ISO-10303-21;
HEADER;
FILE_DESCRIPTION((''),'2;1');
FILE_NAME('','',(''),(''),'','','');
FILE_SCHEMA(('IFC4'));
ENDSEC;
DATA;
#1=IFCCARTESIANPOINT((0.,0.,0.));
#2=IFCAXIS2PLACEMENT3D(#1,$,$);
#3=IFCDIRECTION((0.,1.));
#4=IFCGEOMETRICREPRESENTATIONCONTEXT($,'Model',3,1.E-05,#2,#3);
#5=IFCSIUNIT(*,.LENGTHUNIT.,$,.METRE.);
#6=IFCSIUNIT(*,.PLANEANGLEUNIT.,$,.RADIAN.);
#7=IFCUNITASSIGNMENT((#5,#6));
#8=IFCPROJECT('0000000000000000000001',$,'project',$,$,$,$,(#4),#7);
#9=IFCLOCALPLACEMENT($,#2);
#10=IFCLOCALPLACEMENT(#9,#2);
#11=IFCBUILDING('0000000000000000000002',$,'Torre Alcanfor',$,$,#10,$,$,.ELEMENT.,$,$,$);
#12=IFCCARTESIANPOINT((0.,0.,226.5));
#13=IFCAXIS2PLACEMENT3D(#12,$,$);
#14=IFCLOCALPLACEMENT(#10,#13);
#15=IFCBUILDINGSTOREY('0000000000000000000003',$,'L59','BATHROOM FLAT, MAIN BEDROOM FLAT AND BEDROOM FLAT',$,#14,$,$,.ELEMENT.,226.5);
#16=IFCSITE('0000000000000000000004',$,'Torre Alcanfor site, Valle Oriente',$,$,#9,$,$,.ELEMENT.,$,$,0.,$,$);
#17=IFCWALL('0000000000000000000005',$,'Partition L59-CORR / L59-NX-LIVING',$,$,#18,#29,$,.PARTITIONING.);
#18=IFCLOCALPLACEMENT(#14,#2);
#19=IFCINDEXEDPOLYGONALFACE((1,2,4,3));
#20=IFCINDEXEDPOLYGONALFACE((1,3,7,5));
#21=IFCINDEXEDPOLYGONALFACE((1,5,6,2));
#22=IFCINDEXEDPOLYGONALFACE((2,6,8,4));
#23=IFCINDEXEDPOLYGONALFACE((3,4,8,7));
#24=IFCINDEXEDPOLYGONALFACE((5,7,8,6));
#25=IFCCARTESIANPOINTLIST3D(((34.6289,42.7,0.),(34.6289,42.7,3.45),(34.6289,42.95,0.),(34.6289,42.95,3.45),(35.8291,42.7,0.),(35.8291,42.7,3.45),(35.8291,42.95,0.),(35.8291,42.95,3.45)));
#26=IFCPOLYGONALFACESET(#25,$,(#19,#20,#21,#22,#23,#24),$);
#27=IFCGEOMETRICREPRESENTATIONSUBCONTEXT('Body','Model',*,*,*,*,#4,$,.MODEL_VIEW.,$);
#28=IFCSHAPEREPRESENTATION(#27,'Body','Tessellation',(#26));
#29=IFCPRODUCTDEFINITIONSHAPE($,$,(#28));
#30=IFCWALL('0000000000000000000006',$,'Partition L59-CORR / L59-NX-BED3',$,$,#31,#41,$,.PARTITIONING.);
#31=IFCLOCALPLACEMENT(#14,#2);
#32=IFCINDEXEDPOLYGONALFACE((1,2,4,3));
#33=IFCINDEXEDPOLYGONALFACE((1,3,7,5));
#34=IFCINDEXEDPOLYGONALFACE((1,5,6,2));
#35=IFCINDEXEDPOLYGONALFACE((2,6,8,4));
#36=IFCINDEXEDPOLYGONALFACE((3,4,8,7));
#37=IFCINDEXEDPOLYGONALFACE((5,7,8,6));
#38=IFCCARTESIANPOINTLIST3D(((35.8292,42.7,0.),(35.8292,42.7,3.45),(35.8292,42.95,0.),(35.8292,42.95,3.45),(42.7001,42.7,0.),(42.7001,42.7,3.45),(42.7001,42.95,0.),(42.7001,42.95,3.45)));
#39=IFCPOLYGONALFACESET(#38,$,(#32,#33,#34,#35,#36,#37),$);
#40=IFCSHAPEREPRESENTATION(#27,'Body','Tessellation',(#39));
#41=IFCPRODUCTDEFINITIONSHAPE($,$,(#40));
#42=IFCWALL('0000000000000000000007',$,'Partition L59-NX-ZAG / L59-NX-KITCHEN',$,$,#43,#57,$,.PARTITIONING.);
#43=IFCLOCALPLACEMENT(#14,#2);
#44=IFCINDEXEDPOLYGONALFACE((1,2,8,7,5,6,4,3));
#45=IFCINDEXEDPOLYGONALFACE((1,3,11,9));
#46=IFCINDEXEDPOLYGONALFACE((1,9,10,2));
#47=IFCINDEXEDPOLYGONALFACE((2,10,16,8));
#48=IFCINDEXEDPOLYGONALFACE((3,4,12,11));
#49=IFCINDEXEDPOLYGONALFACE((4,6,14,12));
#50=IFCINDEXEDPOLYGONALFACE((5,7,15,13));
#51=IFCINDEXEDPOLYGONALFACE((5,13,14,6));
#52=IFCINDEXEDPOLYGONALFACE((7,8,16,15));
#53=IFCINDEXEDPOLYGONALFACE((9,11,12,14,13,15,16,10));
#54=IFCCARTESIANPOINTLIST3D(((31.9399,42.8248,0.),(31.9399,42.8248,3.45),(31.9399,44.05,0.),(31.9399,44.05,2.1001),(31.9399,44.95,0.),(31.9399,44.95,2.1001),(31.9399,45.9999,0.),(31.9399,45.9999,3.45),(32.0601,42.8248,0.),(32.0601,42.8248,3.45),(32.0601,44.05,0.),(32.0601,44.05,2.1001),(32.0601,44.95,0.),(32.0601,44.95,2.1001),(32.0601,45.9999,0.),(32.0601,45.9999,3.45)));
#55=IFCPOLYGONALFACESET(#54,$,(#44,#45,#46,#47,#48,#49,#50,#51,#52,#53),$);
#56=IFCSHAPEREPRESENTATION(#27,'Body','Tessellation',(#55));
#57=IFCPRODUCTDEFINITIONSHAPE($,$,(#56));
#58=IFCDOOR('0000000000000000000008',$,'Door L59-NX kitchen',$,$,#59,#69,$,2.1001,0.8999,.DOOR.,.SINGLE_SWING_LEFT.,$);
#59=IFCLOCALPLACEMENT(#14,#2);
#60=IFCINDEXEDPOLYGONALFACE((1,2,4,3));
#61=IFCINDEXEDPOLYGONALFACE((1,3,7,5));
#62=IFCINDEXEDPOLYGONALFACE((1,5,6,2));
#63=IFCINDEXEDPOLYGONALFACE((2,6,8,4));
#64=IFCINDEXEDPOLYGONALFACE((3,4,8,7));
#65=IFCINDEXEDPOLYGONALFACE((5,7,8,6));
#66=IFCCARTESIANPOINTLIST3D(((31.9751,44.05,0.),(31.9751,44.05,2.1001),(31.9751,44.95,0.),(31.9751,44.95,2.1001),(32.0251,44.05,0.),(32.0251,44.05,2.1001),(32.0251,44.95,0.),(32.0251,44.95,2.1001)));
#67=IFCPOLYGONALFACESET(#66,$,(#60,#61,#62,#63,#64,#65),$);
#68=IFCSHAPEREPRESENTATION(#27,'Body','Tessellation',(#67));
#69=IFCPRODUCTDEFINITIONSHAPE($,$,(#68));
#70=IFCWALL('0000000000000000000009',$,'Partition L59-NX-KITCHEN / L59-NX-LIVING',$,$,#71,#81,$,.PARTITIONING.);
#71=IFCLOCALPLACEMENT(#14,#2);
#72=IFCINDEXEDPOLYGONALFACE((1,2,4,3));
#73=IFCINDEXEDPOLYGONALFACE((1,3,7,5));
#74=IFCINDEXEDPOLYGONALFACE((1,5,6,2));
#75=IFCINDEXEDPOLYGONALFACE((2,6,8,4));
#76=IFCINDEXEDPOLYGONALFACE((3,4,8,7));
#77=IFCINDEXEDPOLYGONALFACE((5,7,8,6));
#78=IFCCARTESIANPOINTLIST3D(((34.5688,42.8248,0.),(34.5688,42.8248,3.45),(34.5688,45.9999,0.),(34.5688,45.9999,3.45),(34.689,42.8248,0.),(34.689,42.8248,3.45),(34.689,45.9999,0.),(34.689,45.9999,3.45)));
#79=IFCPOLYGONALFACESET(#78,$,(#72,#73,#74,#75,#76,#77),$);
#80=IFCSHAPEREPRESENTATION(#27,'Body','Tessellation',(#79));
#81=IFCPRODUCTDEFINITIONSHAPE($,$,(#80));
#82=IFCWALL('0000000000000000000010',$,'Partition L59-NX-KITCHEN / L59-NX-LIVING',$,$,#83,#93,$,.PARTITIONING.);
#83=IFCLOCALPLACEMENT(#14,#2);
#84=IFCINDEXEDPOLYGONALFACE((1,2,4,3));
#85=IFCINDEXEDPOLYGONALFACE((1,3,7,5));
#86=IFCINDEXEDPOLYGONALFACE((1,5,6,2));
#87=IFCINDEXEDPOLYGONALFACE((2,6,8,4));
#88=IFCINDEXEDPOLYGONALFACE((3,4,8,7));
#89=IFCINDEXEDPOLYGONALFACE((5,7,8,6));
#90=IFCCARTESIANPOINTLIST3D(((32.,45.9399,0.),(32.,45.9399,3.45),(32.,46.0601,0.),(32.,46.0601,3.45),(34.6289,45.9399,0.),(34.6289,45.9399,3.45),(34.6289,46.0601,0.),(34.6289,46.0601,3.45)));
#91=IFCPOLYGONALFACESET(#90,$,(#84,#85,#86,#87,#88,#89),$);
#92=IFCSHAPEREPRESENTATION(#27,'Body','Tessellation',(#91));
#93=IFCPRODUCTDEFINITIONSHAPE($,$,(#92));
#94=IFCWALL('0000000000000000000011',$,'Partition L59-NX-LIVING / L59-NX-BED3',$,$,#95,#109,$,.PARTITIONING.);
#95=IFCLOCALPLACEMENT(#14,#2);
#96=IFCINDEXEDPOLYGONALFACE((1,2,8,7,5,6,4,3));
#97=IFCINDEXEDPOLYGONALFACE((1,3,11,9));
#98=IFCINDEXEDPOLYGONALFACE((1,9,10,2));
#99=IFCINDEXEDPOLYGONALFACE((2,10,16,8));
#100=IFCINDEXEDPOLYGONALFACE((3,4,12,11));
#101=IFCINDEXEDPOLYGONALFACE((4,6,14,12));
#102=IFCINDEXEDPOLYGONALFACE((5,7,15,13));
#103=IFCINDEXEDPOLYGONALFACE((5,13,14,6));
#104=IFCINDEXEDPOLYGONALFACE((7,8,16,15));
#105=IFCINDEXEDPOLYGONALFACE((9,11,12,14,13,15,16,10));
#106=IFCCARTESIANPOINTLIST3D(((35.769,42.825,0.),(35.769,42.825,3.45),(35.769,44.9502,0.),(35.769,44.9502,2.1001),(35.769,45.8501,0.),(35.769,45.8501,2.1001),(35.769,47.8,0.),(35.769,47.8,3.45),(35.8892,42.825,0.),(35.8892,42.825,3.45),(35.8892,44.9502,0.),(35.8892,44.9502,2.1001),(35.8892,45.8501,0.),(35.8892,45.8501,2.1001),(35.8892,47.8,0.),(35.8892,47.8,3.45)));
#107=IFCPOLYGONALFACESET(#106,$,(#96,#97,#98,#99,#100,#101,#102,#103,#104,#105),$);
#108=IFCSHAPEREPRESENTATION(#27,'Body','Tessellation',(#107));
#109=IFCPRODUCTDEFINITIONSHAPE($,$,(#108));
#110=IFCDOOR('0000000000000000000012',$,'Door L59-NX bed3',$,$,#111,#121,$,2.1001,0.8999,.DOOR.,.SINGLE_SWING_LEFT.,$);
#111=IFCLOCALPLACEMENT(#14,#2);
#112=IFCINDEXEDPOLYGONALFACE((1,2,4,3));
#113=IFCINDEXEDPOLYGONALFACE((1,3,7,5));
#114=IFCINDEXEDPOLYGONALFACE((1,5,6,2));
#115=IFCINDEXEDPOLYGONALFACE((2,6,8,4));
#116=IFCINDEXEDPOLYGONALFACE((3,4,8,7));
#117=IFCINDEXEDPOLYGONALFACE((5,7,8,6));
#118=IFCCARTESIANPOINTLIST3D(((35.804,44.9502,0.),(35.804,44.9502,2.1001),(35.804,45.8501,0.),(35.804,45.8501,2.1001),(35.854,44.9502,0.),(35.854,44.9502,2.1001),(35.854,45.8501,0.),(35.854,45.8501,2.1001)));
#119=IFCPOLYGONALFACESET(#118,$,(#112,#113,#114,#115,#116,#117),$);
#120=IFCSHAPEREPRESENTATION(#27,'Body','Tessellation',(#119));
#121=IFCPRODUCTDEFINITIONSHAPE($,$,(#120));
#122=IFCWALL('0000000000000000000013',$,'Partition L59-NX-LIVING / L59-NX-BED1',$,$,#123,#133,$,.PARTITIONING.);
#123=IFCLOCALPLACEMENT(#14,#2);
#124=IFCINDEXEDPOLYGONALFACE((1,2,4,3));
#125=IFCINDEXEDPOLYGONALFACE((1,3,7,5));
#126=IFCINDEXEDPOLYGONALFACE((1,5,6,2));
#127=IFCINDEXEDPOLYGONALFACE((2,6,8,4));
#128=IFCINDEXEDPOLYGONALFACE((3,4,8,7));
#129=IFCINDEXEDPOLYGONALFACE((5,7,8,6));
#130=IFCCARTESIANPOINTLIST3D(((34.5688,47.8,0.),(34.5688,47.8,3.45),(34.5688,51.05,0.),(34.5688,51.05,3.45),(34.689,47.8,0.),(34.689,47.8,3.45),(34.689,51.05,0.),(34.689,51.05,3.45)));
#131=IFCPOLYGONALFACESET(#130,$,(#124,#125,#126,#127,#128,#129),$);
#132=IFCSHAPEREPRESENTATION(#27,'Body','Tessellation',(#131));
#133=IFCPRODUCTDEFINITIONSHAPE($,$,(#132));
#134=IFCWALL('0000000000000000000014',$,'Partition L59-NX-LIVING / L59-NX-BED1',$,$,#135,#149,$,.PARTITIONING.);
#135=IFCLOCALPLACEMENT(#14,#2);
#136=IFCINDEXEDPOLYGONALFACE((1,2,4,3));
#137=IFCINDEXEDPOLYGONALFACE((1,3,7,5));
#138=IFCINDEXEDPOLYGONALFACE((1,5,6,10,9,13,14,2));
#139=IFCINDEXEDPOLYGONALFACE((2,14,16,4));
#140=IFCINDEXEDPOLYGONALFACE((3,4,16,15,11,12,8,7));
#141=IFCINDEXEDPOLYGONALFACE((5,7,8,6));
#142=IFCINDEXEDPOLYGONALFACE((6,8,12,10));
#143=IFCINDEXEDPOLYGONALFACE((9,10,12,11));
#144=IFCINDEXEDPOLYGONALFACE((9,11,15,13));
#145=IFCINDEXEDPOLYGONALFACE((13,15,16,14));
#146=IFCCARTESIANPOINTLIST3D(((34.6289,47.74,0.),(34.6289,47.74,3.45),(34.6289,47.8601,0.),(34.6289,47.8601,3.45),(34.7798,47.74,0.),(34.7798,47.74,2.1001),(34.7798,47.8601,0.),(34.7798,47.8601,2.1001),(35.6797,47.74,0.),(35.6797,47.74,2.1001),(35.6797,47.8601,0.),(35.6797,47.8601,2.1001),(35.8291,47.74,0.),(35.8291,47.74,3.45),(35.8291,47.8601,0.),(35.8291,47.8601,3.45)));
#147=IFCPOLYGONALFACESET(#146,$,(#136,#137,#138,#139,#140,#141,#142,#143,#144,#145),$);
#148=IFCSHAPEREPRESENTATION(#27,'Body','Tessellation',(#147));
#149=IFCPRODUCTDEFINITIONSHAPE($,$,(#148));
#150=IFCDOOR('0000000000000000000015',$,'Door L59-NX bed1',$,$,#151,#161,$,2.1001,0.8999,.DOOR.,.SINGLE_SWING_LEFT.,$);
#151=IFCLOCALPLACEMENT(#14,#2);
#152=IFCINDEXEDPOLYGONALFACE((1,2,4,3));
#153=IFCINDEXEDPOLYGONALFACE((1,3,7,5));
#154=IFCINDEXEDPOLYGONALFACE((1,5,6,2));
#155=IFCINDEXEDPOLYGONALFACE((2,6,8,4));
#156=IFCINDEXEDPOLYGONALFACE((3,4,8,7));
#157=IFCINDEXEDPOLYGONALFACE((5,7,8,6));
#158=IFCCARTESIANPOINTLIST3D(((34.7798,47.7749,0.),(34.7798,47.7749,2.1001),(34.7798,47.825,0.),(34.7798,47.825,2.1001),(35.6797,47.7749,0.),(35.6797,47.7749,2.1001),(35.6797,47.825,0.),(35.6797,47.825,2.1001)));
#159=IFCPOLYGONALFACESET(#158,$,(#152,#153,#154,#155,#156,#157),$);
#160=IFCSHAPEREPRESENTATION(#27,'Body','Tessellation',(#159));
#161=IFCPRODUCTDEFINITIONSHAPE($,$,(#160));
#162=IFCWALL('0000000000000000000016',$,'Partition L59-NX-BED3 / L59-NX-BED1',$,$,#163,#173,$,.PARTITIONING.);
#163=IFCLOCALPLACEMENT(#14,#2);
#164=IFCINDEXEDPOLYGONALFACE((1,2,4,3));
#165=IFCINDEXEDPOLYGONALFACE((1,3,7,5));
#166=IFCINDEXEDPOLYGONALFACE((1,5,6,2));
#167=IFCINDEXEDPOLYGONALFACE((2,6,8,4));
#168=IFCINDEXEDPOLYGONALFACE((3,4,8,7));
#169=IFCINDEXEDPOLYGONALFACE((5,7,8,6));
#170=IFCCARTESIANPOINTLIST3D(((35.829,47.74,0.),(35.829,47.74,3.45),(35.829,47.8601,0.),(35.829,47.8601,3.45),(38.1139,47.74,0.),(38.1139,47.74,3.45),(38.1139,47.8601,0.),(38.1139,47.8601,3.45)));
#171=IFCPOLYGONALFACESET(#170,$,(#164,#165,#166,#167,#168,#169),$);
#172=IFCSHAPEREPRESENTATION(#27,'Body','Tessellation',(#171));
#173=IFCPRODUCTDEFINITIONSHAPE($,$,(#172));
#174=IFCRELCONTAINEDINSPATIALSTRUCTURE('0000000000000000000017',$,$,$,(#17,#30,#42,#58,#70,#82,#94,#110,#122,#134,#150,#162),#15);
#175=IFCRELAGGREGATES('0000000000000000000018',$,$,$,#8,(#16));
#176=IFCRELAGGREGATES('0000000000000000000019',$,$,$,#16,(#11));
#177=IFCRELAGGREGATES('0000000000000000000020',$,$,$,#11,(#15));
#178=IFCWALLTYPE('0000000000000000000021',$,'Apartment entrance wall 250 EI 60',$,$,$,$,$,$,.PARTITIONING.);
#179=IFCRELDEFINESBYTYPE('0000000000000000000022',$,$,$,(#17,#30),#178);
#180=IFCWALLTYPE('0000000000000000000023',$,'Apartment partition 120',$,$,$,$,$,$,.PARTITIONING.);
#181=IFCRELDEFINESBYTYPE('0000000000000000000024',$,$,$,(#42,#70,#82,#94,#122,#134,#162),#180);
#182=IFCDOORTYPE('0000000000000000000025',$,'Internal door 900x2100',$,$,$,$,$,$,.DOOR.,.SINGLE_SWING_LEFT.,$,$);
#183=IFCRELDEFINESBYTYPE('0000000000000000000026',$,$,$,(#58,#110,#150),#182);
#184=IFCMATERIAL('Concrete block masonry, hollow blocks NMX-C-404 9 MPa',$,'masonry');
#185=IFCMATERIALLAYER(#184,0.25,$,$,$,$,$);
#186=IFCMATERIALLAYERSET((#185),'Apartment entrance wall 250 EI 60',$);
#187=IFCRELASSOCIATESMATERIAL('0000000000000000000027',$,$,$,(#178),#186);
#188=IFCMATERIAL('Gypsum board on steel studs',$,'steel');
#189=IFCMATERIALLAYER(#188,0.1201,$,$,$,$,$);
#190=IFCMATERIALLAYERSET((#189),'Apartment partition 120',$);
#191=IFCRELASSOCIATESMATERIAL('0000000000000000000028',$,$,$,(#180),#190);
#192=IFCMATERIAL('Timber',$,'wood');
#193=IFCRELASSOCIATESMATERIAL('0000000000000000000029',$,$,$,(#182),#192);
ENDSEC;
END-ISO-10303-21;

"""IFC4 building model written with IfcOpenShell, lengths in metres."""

from ifc_helpers import new_model, si_unit, direction, frame, frame_2d, origin, place, context, subcontext, project, spatial, rectangle, extrude, material, layer, layer_set, type_object, element, fill, save


model = new_model("IFC4")

# Units and contexts
model_context = context("Model", 3, precision=1e-05, world=origin(), true_north=direction((0.0, 1.0)))
body_context = subcontext(model_context, "Body", "Model", "MODEL_VIEW")
ifc_project = project(units=[si_unit("LENGTHUNIT", "METRE"), si_unit("PLANEANGLEUNIT", "RADIAN")], contexts=[model_context])

# Site, building, storey
site_placement = place(None, origin())
site = spatial("IfcSite", under=ifc_project, at=site_placement, Name="Torre Alcanfor site, Valle Oriente", CompositionType="ELEMENT", RefElevation=0.0)
building_placement = place(site_placement, origin())
building = spatial("IfcBuilding", under=site, at=building_placement, Name="Torre Alcanfor", CompositionType="ELEMENT")
storey_placement = place(building_placement, frame((0.0, 0.0, 226.5)))
storey = spatial("IfcBuildingStorey", under=building, at=storey_placement, Name="L59", Description="BATHROOM FLAT, MAIN BEDROOM FLAT AND BEDROOM FLAT", CompositionType="ELEMENT", Elevation=226.5)

# Walls
ifc_material_1 = material(Name="Concrete block masonry, hollow blocks NMX-C-404 9 MPa", Category="masonry")
ifc_layer_1 = layer(ifc_material_1, 0.25)
ifc_layer_set_1 = layer_set([ifc_layer_1], Name="Apartment entrance wall 250 EI 60")
wall_type_1 = type_object("IfcWallType", Name="Apartment entrance wall 250 EI 60", PredefinedType="PARTITIONING", material=ifc_layer_set_1)
wall_1_placement = place(storey_placement, frame((34.6289, 42.825, 0.0), z_axis=(0.0, 0.0, 1.0), x_axis=(1.0, 0.0, 0.0)))
element("IfcWall", 1, at=wall_1_placement, inside=storey, type_object=wall_type_1, Name="Partition L59-CORR / L59-NX-LIVING", PredefinedType="PARTITIONING", context=body_context, shape_type="SweptSolid", body=[
    extrude(rectangle(XDim=1.2002, YDim=0.25, at=frame_2d((0.6001, 0.0))), origin(), (0.0, 0.0, 1.0), 3.45),
])
wall_2_placement = place(storey_placement, frame((35.8291, 42.825, 0.0), z_axis=(0.0, 0.0, 1.0), x_axis=(1.0, 0.0, 0.0)))
element("IfcWall", 2, at=wall_2_placement, inside=storey, type_object=wall_type_1, Name="Partition L59-CORR / L59-NX-BED3", PredefinedType="PARTITIONING", context=body_context, shape_type="SweptSolid", body=[
    extrude(rectangle(XDim=6.8708, YDim=0.25, at=frame_2d((3.4355, 0.0))), origin(), (0.0, 0.0, 1.0), 3.45),
])

# Wall, opening, door
ifc_material_2 = material(Name="Gypsum board on steel studs", Category="steel")
ifc_layer_2 = layer(ifc_material_2, 0.1201)
ifc_layer_set_2 = layer_set([ifc_layer_2], Name="Apartment partition 120")
wall_type_2 = type_object("IfcWallType", Name="Apartment partition 120", PredefinedType="PARTITIONING", material=ifc_layer_set_2)
wall_3_placement = place(storey_placement, frame((32.0, 42.825, 0.0), z_axis=(0.0, 0.0, 1.0), x_axis=(0.0, 1.0, 0.0)))
wall_3 = element("IfcWall", 3, at=wall_3_placement, inside=storey, type_object=wall_type_2, Name="Partition L59-NX-ZAG / L59-NX-KITCHEN", PredefinedType="PARTITIONING", context=body_context, shape_type="SweptSolid", body=[
    extrude(rectangle(XDim=3.175, YDim=0.1201, at=frame_2d((1.5874, 0.0))), origin(), (0.0, 0.0, 1.0), 3.45),
])
opening_1_placement = place(wall_3_placement, frame((1.2251, 0.0, 0.0)))
opening_1 = element("IfcOpeningElement", 4, at=opening_1_placement, cuts=wall_3, PredefinedType="OPENING", context=body_context, shape_type="SweptSolid", body=[
    extrude(rectangle(XDim=0.8999, YDim=2.1001, at=frame_2d((0.45, 1.05))), frame((0.0, 0.0701, 0.0), z_axis=(0.0, -1.0, 0.0), x_axis=(1.0, 0.0, 0.0)), (0.0, 0.0, 1.0), 0.1401),
])
ifc_material_3 = material(Name="Timber", Category="wood")
door_type_1 = type_object("IfcDoorType", Name="Internal door 900x2100", OperationType="SINGLE_SWING_LEFT", PredefinedType="DOOR", material=ifc_material_3)
door_1_placement = place(opening_1_placement, frame((0.8999, 0.0, 0.0), z_axis=(0.0, 0.0, 1.0), x_axis=(-1.0, 0.0, 0.0)))
door_1 = element("IfcDoor", 5, at=door_1_placement, inside=storey, type_object=door_type_1, Name="Door L59-NX kitchen", OperationType="SINGLE_SWING_LEFT", OverallHeight=2.1001, OverallWidth=0.8999, PredefinedType="DOOR", context=body_context, shape_type="SweptSolid", body=[
    extrude(rectangle(XDim=0.8999, YDim=2.1001, at=frame_2d((0.45, 1.05))), frame((0.0, 0.0251, 0.0), z_axis=(0.0, -1.0, 0.0), x_axis=(1.0, 0.0, 0.0)), (0.0, 0.0, 1.0), 0.05),
])
fill(opening_1, door_1)

# Walls
wall_4_placement = place(storey_placement, frame((34.6289, 42.825, 0.0), z_axis=(0.0, 0.0, 1.0), x_axis=(0.0, 1.0, 0.0)))
element("IfcWall", 6, at=wall_4_placement, inside=storey, type_object=wall_type_2, Name="Partition L59-NX-KITCHEN / L59-NX-LIVING", PredefinedType="PARTITIONING", context=body_context, shape_type="SweptSolid", body=[
    extrude(rectangle(XDim=3.175, YDim=0.1201, at=frame_2d((1.5874, 0.0))), origin(), (0.0, 0.0, 1.0), 3.45),
])
wall_5_placement = place(storey_placement, frame((34.6289, 46.0, 0.0), z_axis=(0.0, 0.0, 1.0), x_axis=(-1.0, 0.0, 0.0)))
element("IfcWall", 7, at=wall_5_placement, inside=storey, type_object=wall_type_2, Name="Partition L59-NX-KITCHEN / L59-NX-LIVING", PredefinedType="PARTITIONING", context=body_context, shape_type="SweptSolid", body=[
    extrude(rectangle(XDim=2.6289, YDim=0.1201, at=frame_2d((1.3145, 0.0))), origin(), (0.0, 0.0, 1.0), 3.45),
])

# Wall, opening, door
wall_6_placement = place(storey_placement, frame((35.8291, 47.8, 0.0), z_axis=(0.0, 0.0, 1.0), x_axis=(0.0, -1.0, 0.0)))
wall_6 = element("IfcWall", 8, at=wall_6_placement, inside=storey, type_object=wall_type_2, Name="Partition L59-NX-LIVING / L59-NX-BED3", PredefinedType="PARTITIONING", context=body_context, shape_type="SweptSolid", body=[
    extrude(rectangle(XDim=4.9751, YDim=0.1201, at=frame_2d((2.4875, 0.0))), origin(), (0.0, 0.0, 1.0), 3.45),
])
opening_2_placement = place(wall_6_placement, frame((1.95, 0.0, 0.0)))
opening_2 = element("IfcOpeningElement", 9, at=opening_2_placement, cuts=wall_6, PredefinedType="OPENING", context=body_context, shape_type="SweptSolid", body=[
    extrude(rectangle(XDim=0.8999, YDim=2.1001, at=frame_2d((0.45, 1.05))), frame((0.0, 0.0701, 0.0), z_axis=(0.0, -1.0, 0.0), x_axis=(1.0, 0.0, 0.0)), (0.0, 0.0, 1.0), 0.1401),
])
door_2_placement = place(opening_2_placement, origin())
door_2 = element("IfcDoor", 10, at=door_2_placement, inside=storey, type_object=door_type_1, Name="Door L59-NX bed3", OperationType="SINGLE_SWING_LEFT", OverallHeight=2.1001, OverallWidth=0.8999, PredefinedType="DOOR", context=body_context, shape_type="SweptSolid", body=[
    extrude(rectangle(XDim=0.8999, YDim=2.1001, at=frame_2d((0.45, 1.05))), frame((0.0, 0.0249, 0.0), z_axis=(0.0, -1.0, 0.0), x_axis=(1.0, 0.0, 0.0)), (0.0, 0.0, 1.0), 0.05),
])
fill(opening_2, door_2)

# Wall
wall_7_placement = place(storey_placement, frame((34.6289, 51.05, 0.0), z_axis=(0.0, 0.0, 1.0), x_axis=(0.0, -1.0, 0.0)))
element("IfcWall", 11, at=wall_7_placement, inside=storey, type_object=wall_type_2, Name="Partition L59-NX-LIVING / L59-NX-BED1", PredefinedType="PARTITIONING", context=body_context, shape_type="SweptSolid", body=[
    extrude(rectangle(XDim=3.25, YDim=0.1201, at=frame_2d((1.625, 0.0))), origin(), (0.0, 0.0, 1.0), 3.45),
])

# Wall, opening, door
wall_8_placement = place(storey_placement, frame((34.6289, 47.8, 0.0), z_axis=(0.0, 0.0, 1.0), x_axis=(1.0, 0.0, 0.0)))
wall_8 = element("IfcWall", 12, at=wall_8_placement, inside=storey, type_object=wall_type_2, Name="Partition L59-NX-LIVING / L59-NX-BED1", PredefinedType="PARTITIONING", context=body_context, shape_type="SweptSolid", body=[
    extrude(rectangle(XDim=1.2002, YDim=0.1201, at=frame_2d((0.6001, 0.0))), origin(), (0.0, 0.0, 1.0), 3.45),
])
opening_3_placement = place(wall_8_placement, frame((0.1509, 0.0, 0.0)))
opening_3 = element("IfcOpeningElement", 13, at=opening_3_placement, cuts=wall_8, PredefinedType="OPENING", context=body_context, shape_type="SweptSolid", body=[
    extrude(rectangle(XDim=0.8999, YDim=2.1001, at=frame_2d((0.45, 1.05))), frame((0.0, 0.0701, 0.0), z_axis=(0.0, -1.0, 0.0), x_axis=(1.0, 0.0, 0.0)), (0.0, 0.0, 1.0), 0.1401),
])
door_3_placement = place(opening_3_placement, origin())
door_3 = element("IfcDoor", 14, at=door_3_placement, inside=storey, type_object=door_type_1, Name="Door L59-NX bed1", OperationType="SINGLE_SWING_LEFT", OverallHeight=2.1001, OverallWidth=0.8999, PredefinedType="DOOR", context=body_context, shape_type="SweptSolid", body=[
    extrude(rectangle(XDim=0.8999, YDim=2.1001, at=frame_2d((0.45, 1.05))), frame((0.0, 0.0249, 0.0), z_axis=(0.0, -1.0, 0.0), x_axis=(1.0, 0.0, 0.0)), (0.0, 0.0, 1.0), 0.05),
])
fill(opening_3, door_3)

# Wall
wall_9_placement = place(storey_placement, frame((38.114, 47.8, 0.0), z_axis=(0.0, 0.0, 1.0), x_axis=(-1.0, 0.0, 0.0)))
element("IfcWall", 15, at=wall_9_placement, inside=storey, type_object=wall_type_2, Name="Partition L59-NX-BED3 / L59-NX-BED1", PredefinedType="PARTITIONING", context=body_context, shape_type="SweptSolid", body=[
    extrude(rectangle(XDim=2.2849, YDim=0.1201, at=frame_2d((1.1426, 0.0))), origin(), (0.0, 0.0, 1.0), 3.45),
])

save(model, "model.ifc")
